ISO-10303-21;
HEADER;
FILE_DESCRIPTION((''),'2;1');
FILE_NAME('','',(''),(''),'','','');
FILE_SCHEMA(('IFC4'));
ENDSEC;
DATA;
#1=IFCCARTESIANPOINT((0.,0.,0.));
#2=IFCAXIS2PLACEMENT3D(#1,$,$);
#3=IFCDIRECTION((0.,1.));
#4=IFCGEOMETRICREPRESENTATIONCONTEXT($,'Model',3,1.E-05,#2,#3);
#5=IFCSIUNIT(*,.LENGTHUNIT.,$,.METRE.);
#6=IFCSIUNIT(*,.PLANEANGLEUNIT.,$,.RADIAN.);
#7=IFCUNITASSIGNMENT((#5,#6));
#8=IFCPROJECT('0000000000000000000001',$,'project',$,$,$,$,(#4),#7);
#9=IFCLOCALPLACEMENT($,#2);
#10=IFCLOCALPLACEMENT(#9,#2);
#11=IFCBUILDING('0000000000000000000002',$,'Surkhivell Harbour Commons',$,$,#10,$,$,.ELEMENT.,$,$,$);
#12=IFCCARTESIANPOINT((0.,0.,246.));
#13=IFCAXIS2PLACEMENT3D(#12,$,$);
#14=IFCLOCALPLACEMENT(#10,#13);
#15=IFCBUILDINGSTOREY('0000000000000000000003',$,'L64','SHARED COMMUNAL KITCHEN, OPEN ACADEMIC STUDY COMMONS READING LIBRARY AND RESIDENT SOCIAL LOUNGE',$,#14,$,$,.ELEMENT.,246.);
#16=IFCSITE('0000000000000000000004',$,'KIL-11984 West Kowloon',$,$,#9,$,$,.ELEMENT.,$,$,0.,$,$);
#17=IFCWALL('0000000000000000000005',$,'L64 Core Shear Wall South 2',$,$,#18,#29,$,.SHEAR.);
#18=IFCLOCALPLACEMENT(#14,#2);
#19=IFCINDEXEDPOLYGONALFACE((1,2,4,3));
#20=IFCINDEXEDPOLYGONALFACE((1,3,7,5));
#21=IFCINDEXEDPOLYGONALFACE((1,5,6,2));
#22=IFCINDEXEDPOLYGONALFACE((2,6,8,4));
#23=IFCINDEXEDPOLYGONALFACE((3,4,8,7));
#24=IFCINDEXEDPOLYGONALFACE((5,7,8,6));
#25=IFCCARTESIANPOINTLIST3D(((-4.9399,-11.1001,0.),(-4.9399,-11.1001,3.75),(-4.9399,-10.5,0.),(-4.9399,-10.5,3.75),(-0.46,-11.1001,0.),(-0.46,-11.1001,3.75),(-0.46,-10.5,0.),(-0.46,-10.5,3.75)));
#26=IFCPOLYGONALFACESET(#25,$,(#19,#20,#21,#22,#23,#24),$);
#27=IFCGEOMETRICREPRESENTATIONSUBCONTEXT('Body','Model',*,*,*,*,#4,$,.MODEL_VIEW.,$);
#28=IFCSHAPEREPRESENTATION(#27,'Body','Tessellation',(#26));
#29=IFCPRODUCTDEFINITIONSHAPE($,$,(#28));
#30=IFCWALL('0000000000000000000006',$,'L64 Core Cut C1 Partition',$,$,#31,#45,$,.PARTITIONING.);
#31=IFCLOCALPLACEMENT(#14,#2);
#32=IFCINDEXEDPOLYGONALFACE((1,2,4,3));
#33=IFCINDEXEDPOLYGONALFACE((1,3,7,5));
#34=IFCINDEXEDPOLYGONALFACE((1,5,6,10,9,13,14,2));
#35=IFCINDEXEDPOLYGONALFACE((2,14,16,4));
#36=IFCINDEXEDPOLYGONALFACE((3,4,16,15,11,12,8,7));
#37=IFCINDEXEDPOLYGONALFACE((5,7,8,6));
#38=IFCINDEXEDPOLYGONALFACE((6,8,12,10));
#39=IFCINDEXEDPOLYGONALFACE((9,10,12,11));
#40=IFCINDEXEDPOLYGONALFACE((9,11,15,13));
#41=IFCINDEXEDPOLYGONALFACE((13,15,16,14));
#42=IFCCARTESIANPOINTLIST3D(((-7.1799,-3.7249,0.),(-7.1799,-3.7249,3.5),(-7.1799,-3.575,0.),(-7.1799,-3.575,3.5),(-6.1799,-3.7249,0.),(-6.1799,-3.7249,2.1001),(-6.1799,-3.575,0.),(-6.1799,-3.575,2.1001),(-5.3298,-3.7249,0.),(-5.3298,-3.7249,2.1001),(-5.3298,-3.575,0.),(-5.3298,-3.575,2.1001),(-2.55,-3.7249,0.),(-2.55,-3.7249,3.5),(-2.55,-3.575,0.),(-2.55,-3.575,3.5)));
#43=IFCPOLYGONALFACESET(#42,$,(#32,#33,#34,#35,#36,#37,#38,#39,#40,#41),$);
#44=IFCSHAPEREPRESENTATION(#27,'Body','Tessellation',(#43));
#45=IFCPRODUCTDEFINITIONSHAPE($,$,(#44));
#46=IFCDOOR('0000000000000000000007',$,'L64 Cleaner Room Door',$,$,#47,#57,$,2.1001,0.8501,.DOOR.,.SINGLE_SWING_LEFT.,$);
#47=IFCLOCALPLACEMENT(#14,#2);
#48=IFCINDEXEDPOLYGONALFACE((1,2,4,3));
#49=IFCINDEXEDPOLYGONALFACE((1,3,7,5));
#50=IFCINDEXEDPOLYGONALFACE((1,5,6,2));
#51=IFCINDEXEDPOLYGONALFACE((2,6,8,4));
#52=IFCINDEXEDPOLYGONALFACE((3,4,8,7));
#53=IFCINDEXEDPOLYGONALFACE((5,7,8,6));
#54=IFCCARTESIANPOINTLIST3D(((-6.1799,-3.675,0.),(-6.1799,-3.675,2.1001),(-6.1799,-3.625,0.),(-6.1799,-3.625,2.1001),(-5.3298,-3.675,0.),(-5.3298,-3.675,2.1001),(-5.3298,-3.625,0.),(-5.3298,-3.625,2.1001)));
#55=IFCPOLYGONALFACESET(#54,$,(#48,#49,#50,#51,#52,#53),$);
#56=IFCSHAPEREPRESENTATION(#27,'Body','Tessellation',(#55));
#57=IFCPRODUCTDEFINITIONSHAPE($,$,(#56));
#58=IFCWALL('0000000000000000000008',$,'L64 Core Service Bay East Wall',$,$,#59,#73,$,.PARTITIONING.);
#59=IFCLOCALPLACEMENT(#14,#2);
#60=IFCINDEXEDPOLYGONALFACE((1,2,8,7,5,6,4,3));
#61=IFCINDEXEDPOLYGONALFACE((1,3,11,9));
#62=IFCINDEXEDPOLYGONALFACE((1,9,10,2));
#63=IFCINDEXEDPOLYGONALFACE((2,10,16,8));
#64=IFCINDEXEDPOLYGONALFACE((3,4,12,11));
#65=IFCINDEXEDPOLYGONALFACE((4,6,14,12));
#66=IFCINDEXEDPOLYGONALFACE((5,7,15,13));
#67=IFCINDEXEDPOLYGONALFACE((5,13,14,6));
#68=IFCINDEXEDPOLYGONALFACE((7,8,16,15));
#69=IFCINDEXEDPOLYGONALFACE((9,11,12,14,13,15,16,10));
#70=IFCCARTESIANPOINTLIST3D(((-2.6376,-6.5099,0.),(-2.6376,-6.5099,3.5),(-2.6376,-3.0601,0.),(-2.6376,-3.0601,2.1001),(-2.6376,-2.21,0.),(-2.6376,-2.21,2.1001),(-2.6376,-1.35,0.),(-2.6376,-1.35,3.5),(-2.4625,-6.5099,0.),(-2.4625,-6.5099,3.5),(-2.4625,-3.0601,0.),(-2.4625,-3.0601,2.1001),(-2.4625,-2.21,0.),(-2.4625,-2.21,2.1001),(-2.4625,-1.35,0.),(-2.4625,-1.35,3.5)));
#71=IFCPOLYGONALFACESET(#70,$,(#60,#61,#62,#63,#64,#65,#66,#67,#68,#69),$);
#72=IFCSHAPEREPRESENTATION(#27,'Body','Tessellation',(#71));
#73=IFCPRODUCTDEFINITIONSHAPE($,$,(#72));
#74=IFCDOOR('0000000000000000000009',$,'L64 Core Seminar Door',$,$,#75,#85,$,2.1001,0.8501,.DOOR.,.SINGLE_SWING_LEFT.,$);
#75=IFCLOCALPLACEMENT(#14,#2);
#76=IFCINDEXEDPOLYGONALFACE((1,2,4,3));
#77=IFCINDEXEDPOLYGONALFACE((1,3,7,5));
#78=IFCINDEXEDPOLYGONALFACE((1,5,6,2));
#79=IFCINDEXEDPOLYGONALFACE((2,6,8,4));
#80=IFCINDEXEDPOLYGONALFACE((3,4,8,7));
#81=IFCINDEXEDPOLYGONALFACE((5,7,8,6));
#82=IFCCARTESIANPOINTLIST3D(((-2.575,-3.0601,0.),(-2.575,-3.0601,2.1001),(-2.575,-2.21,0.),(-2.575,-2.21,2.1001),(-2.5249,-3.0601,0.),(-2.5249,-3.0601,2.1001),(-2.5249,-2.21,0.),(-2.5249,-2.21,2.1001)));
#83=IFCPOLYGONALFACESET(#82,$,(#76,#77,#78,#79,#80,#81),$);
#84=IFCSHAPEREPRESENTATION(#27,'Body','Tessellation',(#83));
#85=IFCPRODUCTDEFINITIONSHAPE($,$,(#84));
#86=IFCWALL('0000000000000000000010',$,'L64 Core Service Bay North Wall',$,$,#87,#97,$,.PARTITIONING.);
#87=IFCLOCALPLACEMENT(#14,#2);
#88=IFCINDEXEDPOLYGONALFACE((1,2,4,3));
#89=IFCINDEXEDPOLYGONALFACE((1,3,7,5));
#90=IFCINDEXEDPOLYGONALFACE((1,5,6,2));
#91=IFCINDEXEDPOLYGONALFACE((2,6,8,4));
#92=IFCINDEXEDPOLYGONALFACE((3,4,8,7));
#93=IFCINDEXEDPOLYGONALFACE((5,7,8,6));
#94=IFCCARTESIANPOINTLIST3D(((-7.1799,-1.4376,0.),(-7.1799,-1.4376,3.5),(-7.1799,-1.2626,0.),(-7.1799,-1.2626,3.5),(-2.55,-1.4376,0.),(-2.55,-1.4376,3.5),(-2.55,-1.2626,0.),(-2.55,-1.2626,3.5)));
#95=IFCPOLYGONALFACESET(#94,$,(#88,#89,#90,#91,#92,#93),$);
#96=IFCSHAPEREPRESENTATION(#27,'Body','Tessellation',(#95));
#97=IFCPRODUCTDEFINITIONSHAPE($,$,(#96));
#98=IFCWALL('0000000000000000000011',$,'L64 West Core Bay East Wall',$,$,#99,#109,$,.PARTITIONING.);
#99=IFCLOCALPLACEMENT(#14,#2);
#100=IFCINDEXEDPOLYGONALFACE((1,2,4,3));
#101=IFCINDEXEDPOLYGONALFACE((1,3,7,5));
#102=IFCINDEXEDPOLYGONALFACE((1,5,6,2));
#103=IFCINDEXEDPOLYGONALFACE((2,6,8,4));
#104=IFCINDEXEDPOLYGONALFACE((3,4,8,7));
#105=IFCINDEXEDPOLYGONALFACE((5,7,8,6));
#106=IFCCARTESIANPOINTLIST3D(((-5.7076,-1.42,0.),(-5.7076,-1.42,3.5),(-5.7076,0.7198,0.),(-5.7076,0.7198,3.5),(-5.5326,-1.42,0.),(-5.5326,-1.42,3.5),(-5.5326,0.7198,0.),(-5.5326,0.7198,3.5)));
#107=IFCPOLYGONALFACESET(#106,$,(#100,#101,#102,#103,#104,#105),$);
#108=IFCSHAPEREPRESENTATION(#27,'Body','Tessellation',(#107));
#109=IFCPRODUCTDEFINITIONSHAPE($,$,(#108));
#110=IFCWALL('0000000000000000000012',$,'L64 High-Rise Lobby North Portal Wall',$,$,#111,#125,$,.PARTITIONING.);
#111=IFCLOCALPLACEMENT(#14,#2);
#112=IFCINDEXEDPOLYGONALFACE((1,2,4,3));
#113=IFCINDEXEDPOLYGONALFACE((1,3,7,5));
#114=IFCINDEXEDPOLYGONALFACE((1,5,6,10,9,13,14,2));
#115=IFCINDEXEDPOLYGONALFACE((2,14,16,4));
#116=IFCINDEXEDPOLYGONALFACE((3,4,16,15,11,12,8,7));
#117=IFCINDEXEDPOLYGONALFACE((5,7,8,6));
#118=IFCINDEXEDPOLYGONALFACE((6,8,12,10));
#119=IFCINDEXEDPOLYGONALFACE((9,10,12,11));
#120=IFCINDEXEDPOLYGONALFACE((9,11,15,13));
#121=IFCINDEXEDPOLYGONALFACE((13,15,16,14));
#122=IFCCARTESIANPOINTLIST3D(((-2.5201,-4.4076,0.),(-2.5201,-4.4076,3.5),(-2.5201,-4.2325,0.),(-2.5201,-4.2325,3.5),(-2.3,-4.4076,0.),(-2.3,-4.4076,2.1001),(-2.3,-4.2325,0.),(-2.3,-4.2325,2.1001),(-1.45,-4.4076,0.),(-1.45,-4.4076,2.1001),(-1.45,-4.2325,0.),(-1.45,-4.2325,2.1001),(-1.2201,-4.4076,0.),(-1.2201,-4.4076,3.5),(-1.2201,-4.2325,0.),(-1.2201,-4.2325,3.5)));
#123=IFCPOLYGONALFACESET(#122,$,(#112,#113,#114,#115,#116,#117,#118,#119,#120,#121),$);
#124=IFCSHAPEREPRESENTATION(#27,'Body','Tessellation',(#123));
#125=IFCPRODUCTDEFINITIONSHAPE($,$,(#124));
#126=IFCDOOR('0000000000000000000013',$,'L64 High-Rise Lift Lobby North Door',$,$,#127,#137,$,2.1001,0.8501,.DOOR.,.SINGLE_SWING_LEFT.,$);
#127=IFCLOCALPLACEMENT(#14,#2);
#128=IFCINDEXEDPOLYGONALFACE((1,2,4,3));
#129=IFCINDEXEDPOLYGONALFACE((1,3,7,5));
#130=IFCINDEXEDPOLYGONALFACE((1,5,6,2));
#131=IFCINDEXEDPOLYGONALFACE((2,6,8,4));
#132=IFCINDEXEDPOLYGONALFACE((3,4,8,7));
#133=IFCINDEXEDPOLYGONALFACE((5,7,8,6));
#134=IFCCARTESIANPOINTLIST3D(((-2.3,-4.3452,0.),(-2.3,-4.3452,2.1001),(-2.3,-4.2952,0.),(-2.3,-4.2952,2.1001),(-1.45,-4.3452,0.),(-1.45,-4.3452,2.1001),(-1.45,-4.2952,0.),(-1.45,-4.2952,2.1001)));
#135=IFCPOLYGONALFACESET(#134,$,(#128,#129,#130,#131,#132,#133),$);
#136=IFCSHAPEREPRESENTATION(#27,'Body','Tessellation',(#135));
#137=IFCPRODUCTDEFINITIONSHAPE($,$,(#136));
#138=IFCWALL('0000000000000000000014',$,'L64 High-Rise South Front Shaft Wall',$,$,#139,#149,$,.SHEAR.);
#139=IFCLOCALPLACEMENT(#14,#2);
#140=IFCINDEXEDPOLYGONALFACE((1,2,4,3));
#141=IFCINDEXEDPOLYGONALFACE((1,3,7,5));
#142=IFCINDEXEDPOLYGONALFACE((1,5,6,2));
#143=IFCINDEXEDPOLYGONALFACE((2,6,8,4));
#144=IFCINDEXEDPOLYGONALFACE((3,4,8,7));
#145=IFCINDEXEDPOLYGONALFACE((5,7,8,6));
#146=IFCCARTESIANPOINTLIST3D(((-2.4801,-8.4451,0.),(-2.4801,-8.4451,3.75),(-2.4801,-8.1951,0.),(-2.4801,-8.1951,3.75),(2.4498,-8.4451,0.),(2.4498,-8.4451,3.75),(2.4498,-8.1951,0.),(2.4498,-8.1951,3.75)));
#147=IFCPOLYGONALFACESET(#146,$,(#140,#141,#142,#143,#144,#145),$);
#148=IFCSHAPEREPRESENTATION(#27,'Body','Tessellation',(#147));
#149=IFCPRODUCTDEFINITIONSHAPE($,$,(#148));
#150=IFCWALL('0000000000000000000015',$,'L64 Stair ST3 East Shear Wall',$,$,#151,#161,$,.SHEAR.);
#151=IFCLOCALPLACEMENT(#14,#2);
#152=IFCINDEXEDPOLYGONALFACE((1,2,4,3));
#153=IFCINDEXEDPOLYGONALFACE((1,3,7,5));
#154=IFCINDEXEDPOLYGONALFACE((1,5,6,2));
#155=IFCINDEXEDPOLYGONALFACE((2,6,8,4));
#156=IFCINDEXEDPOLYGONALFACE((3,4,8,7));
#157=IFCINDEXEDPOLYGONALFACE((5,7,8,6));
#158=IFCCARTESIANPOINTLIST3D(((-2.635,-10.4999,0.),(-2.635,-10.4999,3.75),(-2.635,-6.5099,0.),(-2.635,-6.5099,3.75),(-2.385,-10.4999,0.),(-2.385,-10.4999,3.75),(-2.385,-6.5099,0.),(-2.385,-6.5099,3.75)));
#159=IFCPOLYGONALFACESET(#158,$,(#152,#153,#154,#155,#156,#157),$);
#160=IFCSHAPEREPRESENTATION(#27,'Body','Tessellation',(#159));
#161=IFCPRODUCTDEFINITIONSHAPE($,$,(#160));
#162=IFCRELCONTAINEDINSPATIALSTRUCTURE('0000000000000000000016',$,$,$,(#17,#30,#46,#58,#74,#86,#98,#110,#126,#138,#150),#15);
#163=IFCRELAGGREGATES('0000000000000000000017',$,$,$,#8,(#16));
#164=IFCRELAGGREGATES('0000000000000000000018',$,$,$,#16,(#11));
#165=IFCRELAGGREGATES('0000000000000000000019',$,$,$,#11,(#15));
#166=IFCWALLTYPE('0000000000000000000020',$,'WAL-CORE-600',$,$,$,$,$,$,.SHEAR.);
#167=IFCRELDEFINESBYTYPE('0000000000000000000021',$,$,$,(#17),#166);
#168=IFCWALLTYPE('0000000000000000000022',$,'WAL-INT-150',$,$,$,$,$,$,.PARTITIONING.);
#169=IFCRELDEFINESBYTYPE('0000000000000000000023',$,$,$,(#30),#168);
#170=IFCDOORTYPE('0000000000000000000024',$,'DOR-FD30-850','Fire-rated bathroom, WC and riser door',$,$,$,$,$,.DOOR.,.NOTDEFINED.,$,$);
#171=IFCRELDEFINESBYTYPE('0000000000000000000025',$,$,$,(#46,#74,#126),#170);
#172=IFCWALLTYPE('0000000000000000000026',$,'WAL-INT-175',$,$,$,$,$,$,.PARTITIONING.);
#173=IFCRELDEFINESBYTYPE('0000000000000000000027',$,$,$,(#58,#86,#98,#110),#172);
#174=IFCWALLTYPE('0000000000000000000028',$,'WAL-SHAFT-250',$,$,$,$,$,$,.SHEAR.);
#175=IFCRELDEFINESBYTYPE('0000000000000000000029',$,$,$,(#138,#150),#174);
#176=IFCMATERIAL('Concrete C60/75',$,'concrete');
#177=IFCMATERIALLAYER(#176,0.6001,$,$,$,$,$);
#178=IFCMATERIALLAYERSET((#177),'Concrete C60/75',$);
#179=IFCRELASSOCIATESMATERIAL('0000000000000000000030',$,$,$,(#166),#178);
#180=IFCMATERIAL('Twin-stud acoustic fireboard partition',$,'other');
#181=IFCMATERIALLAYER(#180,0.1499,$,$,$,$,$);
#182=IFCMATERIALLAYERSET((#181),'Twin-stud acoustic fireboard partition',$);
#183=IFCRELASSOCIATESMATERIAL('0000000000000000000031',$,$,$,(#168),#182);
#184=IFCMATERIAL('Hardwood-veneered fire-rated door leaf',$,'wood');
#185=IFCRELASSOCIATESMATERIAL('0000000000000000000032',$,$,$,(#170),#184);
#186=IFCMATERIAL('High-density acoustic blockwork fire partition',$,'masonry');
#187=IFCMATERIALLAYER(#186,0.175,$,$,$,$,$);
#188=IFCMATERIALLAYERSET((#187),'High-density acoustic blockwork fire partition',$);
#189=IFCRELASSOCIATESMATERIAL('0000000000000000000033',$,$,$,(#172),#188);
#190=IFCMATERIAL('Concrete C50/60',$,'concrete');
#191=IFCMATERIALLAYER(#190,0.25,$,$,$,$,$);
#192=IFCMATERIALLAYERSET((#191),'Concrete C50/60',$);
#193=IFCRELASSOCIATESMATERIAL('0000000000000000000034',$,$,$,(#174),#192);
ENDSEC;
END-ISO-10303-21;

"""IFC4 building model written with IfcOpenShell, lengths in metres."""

from ifc_helpers import new_model, si_unit, direction, frame, frame_2d, origin, place, context, subcontext, project, spatial, rectangle, extrude, material, layer, layer_set, type_object, element, fill, save


model = new_model("IFC4")

# Units and contexts
model_context = context("Model", 3, precision=1e-05, world=origin(), true_north=direction((0.0, 1.0)))
body_context = subcontext(model_context, "Body", "Model", "MODEL_VIEW")
ifc_project = project(units=[si_unit("LENGTHUNIT", "METRE"), si_unit("PLANEANGLEUNIT", "RADIAN")], contexts=[model_context])

# Site, building, storey
site_placement = place(None, origin())
site = spatial("IfcSite", under=ifc_project, at=site_placement, Name="KIL-11984 West Kowloon", CompositionType="ELEMENT", RefElevation=0.0)
building_placement = place(site_placement, origin())
building = spatial("IfcBuilding", under=site, at=building_placement, Name="Surkhivell Harbour Commons", CompositionType="ELEMENT")
storey_placement = place(building_placement, frame((0.0, 0.0, 246.0)))
storey = spatial("IfcBuildingStorey", under=building, at=storey_placement, Name="L64", Description="SHARED COMMUNAL KITCHEN, OPEN ACADEMIC STUDY COMMONS READING LIBRARY AND RESIDENT SOCIAL LOUNGE", CompositionType="ELEMENT", Elevation=246.0)

# Wall
ifc_material_1 = material(Name="Concrete C60/75", Category="concrete")
ifc_layer_1 = layer(ifc_material_1, 0.6001)
ifc_layer_set_1 = layer_set([ifc_layer_1], Name="Concrete C60/75")
wall_type_1 = type_object("IfcWallType", Name="WAL-CORE-600", PredefinedType="SHEAR", material=ifc_layer_set_1)
wall_1_placement = place(storey_placement, frame((-4.9399, -10.8, 0.0), z_axis=(0.0, 0.0, 1.0), x_axis=(1.0, 0.0, 0.0)))
element("IfcWall", 1, at=wall_1_placement, inside=storey, type_object=wall_type_1, Name="L64 Core Shear Wall South 2", PredefinedType="SHEAR", context=body_context, shape_type="SweptSolid", body=[
    extrude(rectangle(XDim=4.48, YDim=0.6001, at=frame_2d((2.24, 0.0))), origin(), (0.0, 0.0, 1.0), 3.75),
])

# Walls, openings, doors
ifc_material_2 = material(Name="Twin-stud acoustic fireboard partition", Category="other")
ifc_layer_2 = layer(ifc_material_2, 0.1499)
ifc_layer_set_2 = layer_set([ifc_layer_2], Name="Twin-stud acoustic fireboard partition")
wall_type_2 = type_object("IfcWallType", Name="WAL-INT-150", PredefinedType="PARTITIONING", material=ifc_layer_set_2)
wall_2_placement = place(storey_placement, frame((-7.1799, -3.6499, 0.0), z_axis=(0.0, 0.0, 1.0), x_axis=(1.0, 0.0, 0.0)))
wall_2 = element("IfcWall", 2, at=wall_2_placement, inside=storey, type_object=wall_type_2, Name="L64 Core Cut C1 Partition", PredefinedType="PARTITIONING", context=body_context, shape_type="SweptSolid", body=[
    extrude(rectangle(XDim=4.6299, YDim=0.1499, at=frame_2d((2.3149, 0.0))), origin(), (0.0, 0.0, 1.0), 3.5),
])
opening_1_placement = place(wall_2_placement, frame((1.0, 0.0, 0.0)))
opening_1 = element("IfcOpeningElement", 3, at=opening_1_placement, cuts=wall_2, PredefinedType="OPENING", context=body_context, shape_type="SweptSolid", body=[
    extrude(rectangle(XDim=0.8501, YDim=2.1001, at=frame_2d((0.425, 1.05))), frame((0.0, 0.085, 0.0), z_axis=(0.0, -1.0, 0.0), x_axis=(1.0, 0.0, 0.0)), (0.0, 0.0, 1.0), 0.1699),
])
ifc_material_3 = material(Name="Hardwood-veneered fire-rated door leaf", Category="wood")
door_type = type_object("IfcDoorType", Name="DOR-FD30-850", Description="Fire-rated bathroom, WC and riser door", OperationType="NOTDEFINED", PredefinedType="DOOR", material=ifc_material_3)
door_1_placement = place(opening_1_placement, origin())
door_1 = element("IfcDoor", 4, at=door_1_placement, inside=storey, type_object=door_type, Name="L64 Cleaner Room Door", OperationType="SINGLE_SWING_LEFT", OverallHeight=2.1001, OverallWidth=0.8501, PredefinedType="DOOR", context=body_context, shape_type="SweptSolid", body=[
    extrude(rectangle(XDim=0.8501, YDim=2.1001, at=frame_2d((0.425, 1.05))), frame((0.0, 0.0249, 0.0), z_axis=(0.0, -1.0, 0.0), x_axis=(1.0, 0.0, 0.0)), (0.0, 0.0, 1.0), 0.05),
])
fill(opening_1, door_1)
ifc_material_4 = material(Name="High-density acoustic blockwork fire partition", Category="masonry")
ifc_layer_3 = layer(ifc_material_4, 0.175)
ifc_layer_set_3 = layer_set([ifc_layer_3], Name="High-density acoustic blockwork fire partition")
wall_type_3 = type_object("IfcWallType", Name="WAL-INT-175", PredefinedType="PARTITIONING", material=ifc_layer_set_3)
wall_3_placement = place(storey_placement, frame((-2.55, -6.51, 0.0), z_axis=(0.0, 0.0, 1.0), x_axis=(0.0, 1.0, 0.0)))
wall_3 = element("IfcWall", 5, at=wall_3_placement, inside=storey, type_object=wall_type_3, Name="L64 Core Service Bay East Wall", PredefinedType="PARTITIONING", context=body_context, shape_type="SweptSolid", body=[
    extrude(rectangle(XDim=5.1599, YDim=0.175, at=frame_2d((2.5801, 0.0))), origin(), (0.0, 0.0, 1.0), 3.5),
])
opening_2_placement = place(wall_3_placement, frame((3.45, 0.0, 0.0)))
opening_2 = element("IfcOpeningElement", 6, at=opening_2_placement, cuts=wall_3, PredefinedType="OPENING", context=body_context, shape_type="SweptSolid", body=[
    extrude(rectangle(XDim=0.8501, YDim=2.1001, at=frame_2d((0.425, 1.05))), frame((0.0, 0.0974, 0.0), z_axis=(0.0, -1.0, 0.0), x_axis=(1.0, 0.0, 0.0)), (0.0, 0.0, 1.0), 0.1951),
])
door_2_placement = place(opening_2_placement, origin())
door_2 = element("IfcDoor", 7, at=door_2_placement, inside=storey, type_object=door_type, Name="L64 Core Seminar Door", OperationType="SINGLE_SWING_LEFT", OverallHeight=2.1001, OverallWidth=0.8501, PredefinedType="DOOR", context=body_context, shape_type="SweptSolid", body=[
    extrude(rectangle(XDim=0.8501, YDim=2.1001, at=frame_2d((0.425, 1.05))), frame((0.0, 0.0249, 0.0), z_axis=(0.0, -1.0, 0.0), x_axis=(1.0, 0.0, 0.0)), (0.0, 0.0, 1.0), 0.05),
])
fill(opening_2, door_2)

# Walls
wall_4_placement = place(storey_placement, frame((-7.1799, -1.3501, 0.0), z_axis=(0.0, 0.0, 1.0), x_axis=(1.0, 0.0, 0.0)))
element("IfcWall", 8, at=wall_4_placement, inside=storey, type_object=wall_type_3, Name="L64 Core Service Bay North Wall", PredefinedType="PARTITIONING", context=body_context, shape_type="SweptSolid", body=[
    extrude(rectangle(XDim=4.6299, YDim=0.175, at=frame_2d((2.3149, 0.0))), origin(), (0.0, 0.0, 1.0), 3.5),
])
wall_5_placement = place(storey_placement, frame((-5.6201, -1.4199, 0.0), z_axis=(0.0, 0.0, 1.0), x_axis=(0.0, 1.0, 0.0)))
element("IfcWall", 9, at=wall_5_placement, inside=storey, type_object=wall_type_3, Name="L64 West Core Bay East Wall", PredefinedType="PARTITIONING", context=body_context, shape_type="SweptSolid", body=[
    extrude(rectangle(XDim=2.1399, YDim=0.175, at=frame_2d((1.0698, 0.0))), origin(), (0.0, 0.0, 1.0), 3.5),
])

# Wall, opening, door
wall_6_placement = place(storey_placement, frame((-2.52, -4.3201, 0.0), z_axis=(0.0, 0.0, 1.0), x_axis=(1.0, 0.0, 0.0)))
wall_6 = element("IfcWall", 10, at=wall_6_placement, inside=storey, type_object=wall_type_3, Name="L64 High-Rise Lobby North Portal Wall", PredefinedType="PARTITIONING", context=body_context, shape_type="SweptSolid", body=[
    extrude(rectangle(XDim=1.3, YDim=0.175, at=frame_2d((0.6499, 0.0))), origin(), (0.0, 0.0, 1.0), 3.5),
])
opening_3_placement = place(wall_6_placement, frame((0.22, 0.0, 0.0)))
opening_3 = element("IfcOpeningElement", 11, at=opening_3_placement, cuts=wall_6, PredefinedType="OPENING", context=body_context, shape_type="SweptSolid", body=[
    extrude(rectangle(XDim=0.8501, YDim=2.1001, at=frame_2d((0.425, 1.05))), frame((0.0, 0.0974, 0.0), z_axis=(0.0, -1.0, 0.0), x_axis=(1.0, 0.0, 0.0)), (0.0, 0.0, 1.0), 0.1951),
])
door_3_placement = place(opening_3_placement, origin())
door_3 = element("IfcDoor", 12, at=door_3_placement, inside=storey, type_object=door_type, Name="L64 High-Rise Lift Lobby North Door", OperationType="SINGLE_SWING_LEFT", OverallHeight=2.1001, OverallWidth=0.8501, PredefinedType="DOOR", context=body_context, shape_type="SweptSolid", body=[
    extrude(rectangle(XDim=0.8501, YDim=2.1001, at=frame_2d((0.425, 1.05))), frame((0.0, 0.0249, 0.0), z_axis=(0.0, -1.0, 0.0), x_axis=(1.0, 0.0, 0.0)), (0.0, 0.0, 1.0), 0.05),
])
fill(opening_3, door_3)

# Walls
ifc_material_5 = material(Name="Concrete C50/60", Category="concrete")
ifc_layer_4 = layer(ifc_material_5, 0.25)
ifc_layer_set_4 = layer_set([ifc_layer_4], Name="Concrete C50/60")
wall_type_4 = type_object("IfcWallType", Name="WAL-SHAFT-250", PredefinedType="SHEAR", material=ifc_layer_set_4)
wall_7_placement = place(storey_placement, frame((-2.48, -8.3201, 0.0), z_axis=(0.0, 0.0, 1.0), x_axis=(1.0, 0.0, 0.0)))
element("IfcWall", 13, at=wall_7_placement, inside=storey, type_object=wall_type_4, Name="L64 High-Rise South Front Shaft Wall", PredefinedType="SHEAR", context=body_context, shape_type="SweptSolid", body=[
    extrude(rectangle(XDim=4.9299, YDim=0.25, at=frame_2d((2.4648, 0.0))), origin(), (0.0, 0.0, 1.0), 3.75),
])
wall_8_placement = place(storey_placement, frame((-2.51, -10.5, 0.0), z_axis=(0.0, 0.0, 1.0), x_axis=(0.0, 1.0, 0.0)))
element("IfcWall", 14, at=wall_8_placement, inside=storey, type_object=wall_type_4, Name="L64 Stair ST3 East Shear Wall", PredefinedType="SHEAR", context=body_context, shape_type="SweptSolid", body=[
    extrude(rectangle(XDim=3.99, YDim=0.25, at=frame_2d((1.9951, 0.0))), origin(), (0.0, 0.0, 1.0), 3.75),
])

save(model, "model.ifc")
